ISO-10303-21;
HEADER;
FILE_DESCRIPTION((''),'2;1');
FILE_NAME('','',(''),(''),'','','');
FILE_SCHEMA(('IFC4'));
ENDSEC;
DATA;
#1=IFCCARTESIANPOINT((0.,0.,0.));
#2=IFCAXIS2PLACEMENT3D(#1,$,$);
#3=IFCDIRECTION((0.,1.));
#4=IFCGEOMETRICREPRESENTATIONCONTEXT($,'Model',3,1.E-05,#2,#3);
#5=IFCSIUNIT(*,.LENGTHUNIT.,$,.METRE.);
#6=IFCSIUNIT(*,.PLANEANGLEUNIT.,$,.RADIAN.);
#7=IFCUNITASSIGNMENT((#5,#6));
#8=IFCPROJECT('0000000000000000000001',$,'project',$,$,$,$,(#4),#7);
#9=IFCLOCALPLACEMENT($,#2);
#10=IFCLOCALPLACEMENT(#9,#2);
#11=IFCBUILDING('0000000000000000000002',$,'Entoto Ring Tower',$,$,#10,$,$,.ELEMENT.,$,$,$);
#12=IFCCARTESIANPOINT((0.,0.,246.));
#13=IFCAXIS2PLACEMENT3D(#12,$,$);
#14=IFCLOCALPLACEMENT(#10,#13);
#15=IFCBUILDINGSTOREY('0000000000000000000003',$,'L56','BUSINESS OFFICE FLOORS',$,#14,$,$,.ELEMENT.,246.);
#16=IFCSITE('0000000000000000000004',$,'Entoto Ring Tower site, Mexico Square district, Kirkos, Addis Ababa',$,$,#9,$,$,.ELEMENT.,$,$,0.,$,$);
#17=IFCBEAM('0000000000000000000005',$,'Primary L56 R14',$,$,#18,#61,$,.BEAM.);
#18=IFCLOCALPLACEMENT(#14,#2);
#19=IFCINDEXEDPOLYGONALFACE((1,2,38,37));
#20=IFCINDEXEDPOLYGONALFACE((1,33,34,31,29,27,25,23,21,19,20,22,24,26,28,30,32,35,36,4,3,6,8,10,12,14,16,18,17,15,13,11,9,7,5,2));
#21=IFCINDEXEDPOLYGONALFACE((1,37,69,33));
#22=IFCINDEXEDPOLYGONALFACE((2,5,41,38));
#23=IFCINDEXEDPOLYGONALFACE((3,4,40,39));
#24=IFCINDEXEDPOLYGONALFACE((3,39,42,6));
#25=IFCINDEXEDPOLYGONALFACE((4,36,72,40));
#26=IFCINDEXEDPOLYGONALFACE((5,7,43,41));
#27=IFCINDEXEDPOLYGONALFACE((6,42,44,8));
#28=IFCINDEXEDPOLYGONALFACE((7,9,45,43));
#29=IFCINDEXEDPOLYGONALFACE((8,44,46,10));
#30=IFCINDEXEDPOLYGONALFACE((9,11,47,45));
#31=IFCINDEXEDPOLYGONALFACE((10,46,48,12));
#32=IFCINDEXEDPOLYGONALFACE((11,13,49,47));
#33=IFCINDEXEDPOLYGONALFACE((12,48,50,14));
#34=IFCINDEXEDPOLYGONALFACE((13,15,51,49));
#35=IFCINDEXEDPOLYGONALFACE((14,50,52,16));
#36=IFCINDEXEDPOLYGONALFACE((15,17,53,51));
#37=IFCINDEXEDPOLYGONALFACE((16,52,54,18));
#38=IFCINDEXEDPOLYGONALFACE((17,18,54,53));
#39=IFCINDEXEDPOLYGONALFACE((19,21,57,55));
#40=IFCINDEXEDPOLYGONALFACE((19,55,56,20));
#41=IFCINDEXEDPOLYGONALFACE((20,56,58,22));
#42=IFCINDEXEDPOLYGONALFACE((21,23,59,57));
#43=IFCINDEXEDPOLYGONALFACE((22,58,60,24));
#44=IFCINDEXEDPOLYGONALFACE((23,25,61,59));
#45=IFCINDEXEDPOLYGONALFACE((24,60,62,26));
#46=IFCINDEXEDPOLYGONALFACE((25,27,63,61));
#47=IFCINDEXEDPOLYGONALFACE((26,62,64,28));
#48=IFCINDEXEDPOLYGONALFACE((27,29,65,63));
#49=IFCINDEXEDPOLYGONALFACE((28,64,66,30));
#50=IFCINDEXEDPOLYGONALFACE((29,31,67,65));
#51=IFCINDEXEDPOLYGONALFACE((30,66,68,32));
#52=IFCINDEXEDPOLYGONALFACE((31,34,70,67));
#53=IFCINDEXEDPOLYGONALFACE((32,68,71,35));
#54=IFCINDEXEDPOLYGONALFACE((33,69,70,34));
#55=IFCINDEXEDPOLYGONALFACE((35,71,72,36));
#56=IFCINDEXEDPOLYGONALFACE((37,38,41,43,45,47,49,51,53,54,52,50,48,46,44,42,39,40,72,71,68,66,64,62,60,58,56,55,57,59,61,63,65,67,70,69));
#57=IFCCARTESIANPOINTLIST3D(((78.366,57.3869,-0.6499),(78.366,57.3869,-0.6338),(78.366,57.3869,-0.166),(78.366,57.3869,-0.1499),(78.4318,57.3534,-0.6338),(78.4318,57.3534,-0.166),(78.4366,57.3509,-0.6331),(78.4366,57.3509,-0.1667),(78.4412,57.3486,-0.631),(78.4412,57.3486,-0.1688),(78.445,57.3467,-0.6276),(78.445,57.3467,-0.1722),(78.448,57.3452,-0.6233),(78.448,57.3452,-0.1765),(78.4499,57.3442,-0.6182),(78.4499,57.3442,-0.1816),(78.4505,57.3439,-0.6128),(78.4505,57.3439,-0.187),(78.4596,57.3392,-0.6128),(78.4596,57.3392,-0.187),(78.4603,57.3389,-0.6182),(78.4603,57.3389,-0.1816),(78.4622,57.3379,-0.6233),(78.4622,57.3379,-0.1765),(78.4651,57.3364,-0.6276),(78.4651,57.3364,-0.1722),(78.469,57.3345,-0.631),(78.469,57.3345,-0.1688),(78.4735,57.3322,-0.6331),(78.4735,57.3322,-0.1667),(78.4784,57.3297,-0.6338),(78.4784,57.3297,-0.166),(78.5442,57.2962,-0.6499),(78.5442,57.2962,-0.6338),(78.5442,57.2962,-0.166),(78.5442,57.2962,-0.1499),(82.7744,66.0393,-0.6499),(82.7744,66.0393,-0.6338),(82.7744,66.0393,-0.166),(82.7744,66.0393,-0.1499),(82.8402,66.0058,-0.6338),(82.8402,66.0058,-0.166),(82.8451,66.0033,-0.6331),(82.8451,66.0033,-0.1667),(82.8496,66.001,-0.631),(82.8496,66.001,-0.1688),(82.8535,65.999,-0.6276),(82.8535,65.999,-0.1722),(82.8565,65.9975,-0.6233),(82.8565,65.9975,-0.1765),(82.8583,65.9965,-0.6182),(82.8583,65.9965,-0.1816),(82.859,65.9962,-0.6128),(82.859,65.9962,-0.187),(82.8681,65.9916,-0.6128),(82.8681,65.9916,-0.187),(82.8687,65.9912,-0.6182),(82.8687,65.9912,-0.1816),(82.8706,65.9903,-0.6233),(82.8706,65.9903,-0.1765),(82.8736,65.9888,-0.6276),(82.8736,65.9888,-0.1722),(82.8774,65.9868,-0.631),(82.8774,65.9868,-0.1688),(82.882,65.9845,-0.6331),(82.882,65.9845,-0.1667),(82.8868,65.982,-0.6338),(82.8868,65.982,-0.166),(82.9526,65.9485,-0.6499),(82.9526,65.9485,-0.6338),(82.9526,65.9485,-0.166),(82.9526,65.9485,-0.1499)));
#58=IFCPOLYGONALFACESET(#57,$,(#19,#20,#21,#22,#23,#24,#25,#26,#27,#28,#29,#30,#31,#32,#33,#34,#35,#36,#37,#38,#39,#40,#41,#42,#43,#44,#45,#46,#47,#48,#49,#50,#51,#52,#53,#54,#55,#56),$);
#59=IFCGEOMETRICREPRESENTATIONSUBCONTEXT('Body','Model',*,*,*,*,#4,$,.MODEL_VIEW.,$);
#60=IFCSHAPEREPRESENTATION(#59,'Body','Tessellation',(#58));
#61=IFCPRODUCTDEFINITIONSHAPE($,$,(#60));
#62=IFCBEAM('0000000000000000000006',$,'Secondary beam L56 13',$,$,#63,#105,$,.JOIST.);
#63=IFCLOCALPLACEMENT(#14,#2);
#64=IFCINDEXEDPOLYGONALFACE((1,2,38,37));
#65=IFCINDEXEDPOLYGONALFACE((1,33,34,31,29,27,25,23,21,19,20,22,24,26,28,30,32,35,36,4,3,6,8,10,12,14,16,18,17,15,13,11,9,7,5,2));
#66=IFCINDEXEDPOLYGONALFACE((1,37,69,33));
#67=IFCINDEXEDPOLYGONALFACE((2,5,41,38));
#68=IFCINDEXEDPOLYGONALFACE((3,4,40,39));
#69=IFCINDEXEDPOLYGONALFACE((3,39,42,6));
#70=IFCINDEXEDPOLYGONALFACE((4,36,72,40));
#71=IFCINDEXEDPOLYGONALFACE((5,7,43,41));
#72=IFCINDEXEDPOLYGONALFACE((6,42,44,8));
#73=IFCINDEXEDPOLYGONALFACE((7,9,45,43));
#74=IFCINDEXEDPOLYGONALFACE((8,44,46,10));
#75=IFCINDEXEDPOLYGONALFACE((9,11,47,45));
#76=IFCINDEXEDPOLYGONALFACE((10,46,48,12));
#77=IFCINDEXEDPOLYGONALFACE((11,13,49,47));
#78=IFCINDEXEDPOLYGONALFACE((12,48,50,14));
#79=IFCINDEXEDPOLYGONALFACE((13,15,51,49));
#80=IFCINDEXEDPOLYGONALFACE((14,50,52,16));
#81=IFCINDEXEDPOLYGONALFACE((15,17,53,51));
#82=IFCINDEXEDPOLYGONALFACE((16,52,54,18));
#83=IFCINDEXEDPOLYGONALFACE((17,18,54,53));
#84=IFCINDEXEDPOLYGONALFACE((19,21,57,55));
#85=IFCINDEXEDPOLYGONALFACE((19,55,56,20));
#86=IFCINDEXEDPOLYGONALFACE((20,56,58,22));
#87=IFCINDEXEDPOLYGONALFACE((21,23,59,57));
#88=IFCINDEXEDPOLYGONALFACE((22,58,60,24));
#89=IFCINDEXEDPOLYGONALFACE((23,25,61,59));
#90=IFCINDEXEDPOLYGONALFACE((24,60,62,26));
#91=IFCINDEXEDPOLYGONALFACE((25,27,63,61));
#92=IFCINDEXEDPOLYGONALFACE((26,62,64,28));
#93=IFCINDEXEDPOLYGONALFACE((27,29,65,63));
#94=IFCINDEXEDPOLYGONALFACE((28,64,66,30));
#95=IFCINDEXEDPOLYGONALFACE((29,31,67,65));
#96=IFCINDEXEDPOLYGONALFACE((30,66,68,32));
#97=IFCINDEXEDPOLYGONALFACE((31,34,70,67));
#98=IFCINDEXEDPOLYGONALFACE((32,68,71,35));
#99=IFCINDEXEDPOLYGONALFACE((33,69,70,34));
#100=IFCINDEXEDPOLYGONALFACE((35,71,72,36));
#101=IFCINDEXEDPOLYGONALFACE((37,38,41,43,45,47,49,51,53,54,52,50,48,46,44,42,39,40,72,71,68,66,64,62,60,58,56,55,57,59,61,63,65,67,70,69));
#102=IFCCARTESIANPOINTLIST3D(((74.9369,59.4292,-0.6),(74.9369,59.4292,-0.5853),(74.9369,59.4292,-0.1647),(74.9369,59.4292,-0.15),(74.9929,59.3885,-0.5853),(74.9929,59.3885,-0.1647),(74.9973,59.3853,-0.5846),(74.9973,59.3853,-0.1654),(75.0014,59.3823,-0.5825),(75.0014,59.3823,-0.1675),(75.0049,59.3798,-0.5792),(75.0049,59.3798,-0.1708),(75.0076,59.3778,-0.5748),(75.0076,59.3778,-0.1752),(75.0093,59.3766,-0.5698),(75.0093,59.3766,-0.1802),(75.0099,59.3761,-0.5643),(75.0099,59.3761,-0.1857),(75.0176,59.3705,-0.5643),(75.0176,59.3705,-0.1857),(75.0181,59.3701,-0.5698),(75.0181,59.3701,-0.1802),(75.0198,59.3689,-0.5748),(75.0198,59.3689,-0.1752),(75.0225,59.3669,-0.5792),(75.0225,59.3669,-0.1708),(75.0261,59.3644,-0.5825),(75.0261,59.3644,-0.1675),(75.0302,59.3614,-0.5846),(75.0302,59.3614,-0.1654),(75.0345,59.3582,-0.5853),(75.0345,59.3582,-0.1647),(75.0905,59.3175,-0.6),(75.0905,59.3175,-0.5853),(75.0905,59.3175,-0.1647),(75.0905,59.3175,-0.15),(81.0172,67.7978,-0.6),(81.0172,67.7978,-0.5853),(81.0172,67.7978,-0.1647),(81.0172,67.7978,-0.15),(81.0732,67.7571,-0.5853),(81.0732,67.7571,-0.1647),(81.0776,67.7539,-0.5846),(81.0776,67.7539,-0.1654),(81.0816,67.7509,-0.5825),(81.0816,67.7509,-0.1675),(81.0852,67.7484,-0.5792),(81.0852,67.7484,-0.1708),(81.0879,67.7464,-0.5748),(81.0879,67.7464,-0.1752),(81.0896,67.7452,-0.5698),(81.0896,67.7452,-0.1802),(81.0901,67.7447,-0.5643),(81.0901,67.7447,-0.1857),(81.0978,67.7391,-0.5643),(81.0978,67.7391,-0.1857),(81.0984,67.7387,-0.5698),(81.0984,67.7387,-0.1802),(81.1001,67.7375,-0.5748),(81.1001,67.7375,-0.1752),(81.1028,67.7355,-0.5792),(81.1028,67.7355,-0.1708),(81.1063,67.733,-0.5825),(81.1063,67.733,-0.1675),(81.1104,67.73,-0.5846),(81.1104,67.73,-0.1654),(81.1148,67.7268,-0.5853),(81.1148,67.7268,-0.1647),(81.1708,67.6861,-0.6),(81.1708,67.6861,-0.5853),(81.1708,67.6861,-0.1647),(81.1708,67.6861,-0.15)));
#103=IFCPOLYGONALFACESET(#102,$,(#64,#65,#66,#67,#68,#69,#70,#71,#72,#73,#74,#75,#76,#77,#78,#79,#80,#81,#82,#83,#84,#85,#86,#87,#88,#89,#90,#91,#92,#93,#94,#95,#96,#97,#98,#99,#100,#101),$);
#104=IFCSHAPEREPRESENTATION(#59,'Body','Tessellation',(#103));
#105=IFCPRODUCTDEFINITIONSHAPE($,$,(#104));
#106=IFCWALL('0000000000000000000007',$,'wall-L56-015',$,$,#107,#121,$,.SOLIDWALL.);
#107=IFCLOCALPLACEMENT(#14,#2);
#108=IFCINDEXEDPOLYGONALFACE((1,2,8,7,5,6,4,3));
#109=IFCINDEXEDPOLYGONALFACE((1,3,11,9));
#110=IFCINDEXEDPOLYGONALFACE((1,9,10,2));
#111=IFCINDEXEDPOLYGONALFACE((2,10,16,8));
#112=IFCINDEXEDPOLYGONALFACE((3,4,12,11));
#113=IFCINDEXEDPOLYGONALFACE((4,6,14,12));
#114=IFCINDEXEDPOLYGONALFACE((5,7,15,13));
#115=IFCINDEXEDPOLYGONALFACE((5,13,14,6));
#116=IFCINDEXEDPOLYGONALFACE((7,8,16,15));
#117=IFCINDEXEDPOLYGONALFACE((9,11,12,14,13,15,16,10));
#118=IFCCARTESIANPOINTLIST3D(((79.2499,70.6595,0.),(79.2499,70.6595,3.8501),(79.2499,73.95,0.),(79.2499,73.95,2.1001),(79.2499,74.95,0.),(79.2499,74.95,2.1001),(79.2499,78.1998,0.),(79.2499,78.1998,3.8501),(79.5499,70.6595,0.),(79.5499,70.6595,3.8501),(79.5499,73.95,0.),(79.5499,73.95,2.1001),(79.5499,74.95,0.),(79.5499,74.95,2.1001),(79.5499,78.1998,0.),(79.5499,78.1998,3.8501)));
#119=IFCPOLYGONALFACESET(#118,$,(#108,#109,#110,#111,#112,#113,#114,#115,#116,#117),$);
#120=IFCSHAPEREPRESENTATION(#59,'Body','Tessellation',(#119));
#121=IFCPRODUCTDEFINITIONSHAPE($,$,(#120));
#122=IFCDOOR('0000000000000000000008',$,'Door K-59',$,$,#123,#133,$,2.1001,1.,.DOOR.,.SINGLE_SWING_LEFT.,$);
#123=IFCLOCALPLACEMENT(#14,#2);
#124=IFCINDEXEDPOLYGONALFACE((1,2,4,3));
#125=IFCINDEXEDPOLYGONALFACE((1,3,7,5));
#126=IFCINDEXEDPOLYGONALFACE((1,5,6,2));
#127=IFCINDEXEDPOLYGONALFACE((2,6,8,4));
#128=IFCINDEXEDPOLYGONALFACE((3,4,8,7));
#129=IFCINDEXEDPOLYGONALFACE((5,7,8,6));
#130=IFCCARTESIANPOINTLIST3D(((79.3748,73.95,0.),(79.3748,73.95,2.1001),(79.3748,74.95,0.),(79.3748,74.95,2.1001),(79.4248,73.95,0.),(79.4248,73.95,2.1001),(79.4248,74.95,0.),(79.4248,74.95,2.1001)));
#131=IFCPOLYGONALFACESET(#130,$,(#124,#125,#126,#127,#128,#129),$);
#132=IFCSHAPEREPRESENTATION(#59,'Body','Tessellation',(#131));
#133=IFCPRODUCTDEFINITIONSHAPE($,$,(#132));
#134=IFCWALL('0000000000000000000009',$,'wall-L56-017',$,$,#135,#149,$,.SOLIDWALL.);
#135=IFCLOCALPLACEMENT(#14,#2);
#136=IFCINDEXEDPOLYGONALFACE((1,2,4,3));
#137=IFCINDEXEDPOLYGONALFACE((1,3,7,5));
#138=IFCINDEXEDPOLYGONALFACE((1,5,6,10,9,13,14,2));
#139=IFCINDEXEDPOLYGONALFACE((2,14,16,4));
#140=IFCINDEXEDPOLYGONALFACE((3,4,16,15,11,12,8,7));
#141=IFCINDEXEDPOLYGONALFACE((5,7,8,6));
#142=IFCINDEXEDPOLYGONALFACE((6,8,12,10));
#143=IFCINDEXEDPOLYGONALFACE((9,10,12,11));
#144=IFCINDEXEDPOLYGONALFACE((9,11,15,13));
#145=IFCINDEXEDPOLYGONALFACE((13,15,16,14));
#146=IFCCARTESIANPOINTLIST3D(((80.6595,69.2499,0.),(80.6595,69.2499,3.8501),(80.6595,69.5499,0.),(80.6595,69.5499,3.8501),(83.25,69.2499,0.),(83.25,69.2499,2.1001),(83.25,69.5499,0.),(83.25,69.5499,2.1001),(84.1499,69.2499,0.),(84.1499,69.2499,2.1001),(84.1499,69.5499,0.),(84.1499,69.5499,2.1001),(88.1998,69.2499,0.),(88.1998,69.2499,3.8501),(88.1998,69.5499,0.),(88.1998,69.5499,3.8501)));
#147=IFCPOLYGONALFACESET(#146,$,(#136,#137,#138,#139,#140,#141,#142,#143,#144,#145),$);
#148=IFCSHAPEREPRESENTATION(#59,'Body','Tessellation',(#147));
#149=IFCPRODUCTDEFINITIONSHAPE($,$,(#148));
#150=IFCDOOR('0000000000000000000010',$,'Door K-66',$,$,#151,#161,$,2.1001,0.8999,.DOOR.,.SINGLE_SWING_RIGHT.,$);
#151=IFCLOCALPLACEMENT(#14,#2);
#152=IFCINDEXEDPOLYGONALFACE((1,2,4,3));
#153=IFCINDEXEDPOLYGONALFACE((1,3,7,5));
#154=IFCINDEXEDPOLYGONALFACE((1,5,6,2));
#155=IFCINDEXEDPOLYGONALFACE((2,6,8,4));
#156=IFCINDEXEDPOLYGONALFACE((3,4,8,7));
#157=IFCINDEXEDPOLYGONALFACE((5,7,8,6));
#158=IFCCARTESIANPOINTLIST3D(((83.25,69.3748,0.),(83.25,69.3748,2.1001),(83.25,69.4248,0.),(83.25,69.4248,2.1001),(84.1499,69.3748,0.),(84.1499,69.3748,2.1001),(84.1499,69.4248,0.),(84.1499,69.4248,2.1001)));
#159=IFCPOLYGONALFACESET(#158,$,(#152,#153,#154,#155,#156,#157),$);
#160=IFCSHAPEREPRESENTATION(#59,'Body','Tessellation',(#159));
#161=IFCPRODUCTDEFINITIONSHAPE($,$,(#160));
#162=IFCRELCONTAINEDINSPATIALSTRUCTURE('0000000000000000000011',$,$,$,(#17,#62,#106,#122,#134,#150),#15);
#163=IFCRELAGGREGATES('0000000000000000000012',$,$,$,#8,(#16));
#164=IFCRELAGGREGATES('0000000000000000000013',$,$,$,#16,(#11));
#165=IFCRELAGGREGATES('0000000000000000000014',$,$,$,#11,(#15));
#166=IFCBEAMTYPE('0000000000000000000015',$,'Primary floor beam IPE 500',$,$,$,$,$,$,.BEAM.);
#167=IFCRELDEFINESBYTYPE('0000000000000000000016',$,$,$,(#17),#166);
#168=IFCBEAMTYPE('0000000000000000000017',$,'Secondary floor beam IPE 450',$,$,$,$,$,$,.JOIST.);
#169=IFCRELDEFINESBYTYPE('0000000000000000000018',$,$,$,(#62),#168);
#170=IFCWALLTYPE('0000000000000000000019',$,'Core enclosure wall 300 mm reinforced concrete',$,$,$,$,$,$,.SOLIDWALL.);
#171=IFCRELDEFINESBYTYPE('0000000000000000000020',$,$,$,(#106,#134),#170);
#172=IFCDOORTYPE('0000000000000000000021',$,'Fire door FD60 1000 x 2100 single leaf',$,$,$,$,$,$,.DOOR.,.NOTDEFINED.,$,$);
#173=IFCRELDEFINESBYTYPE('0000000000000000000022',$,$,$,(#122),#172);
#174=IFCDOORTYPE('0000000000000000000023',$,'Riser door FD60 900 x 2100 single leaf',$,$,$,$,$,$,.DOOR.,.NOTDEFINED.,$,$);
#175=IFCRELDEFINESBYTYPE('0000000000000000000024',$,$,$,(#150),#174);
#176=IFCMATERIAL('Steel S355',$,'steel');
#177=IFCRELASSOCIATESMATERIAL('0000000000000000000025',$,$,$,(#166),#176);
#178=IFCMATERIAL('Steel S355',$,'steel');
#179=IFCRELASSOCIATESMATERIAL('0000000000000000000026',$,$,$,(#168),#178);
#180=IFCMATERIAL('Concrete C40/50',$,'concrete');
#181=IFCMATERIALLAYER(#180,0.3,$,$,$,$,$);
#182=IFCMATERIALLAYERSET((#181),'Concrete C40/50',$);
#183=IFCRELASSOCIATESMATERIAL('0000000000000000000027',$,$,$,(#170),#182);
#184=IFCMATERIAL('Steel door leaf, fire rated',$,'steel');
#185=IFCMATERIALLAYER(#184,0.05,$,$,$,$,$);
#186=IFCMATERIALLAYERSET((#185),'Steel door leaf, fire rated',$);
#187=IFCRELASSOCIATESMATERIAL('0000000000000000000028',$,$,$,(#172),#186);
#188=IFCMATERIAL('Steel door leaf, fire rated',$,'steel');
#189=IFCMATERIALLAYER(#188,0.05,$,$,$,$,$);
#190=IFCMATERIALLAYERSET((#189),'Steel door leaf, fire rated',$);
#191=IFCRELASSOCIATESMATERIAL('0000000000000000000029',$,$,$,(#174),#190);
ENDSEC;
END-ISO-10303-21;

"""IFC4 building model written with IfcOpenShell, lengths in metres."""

from ifc_helpers import new_model, si_unit, direction, frame, frame_2d, origin, origin_2d, place, context, subcontext, project, spatial, rectangle, i_section, extrude, material, layer, layer_set, material_profile, profile_set, type_object, element, fill, save


model = new_model("IFC4")

# Units and contexts
model_context = context("Model", 3, precision=1e-05, world=origin(), true_north=direction((0.0, 1.0)))
body_context = subcontext(model_context, "Body", "Model", "MODEL_VIEW")
ifc_project = project(units=[si_unit("LENGTHUNIT", "METRE"), si_unit("PLANEANGLEUNIT", "RADIAN")], contexts=[model_context])

# Site, building, storey
site_placement = place(None, origin())
site = spatial("IfcSite", under=ifc_project, at=site_placement, Name="Entoto Ring Tower site, Mexico Square district, Kirkos, Addis Ababa", CompositionType="ELEMENT", RefElevation=0.0)
building_placement = place(site_placement, origin())
building = spatial("IfcBuilding", under=site, at=building_placement, Name="Entoto Ring Tower", CompositionType="ELEMENT")
storey_placement = place(building_placement, frame((0.0, 0.0, 246.0)))
storey = spatial("IfcBuildingStorey", under=building, at=storey_placement, Name="L56", Description="BUSINESS OFFICE FLOORS", CompositionType="ELEMENT", Elevation=246.0)

# Beams
ifc_material_1 = material(Name="Steel S355", Category="steel")
ifc_material_profile_1 = material_profile(ifc_material_1, i_section(OverallWidth=0.2, OverallDepth=0.5, WebThickness=0.0103, FlangeThickness=0.0161, FilletRadius=0.021, at=origin_2d()), Name="IPE 500")
ifc_profile_set_1 = profile_set([ifc_material_profile_1], Name="Steel S355")
beam_type_1 = type_object("IfcBeamType", Name="Primary floor beam IPE 500", PredefinedType="BEAM", material=ifc_profile_set_1)
beam_1_placement = place(storey_placement, frame((82.8635, 65.9939, -0.3999), z_axis=(-0.453979, -0.891012, 0.0), x_axis=(0.891012, -0.453979, 0.0)))
element("IfcBeam", 1, at=beam_1_placement, inside=storey, type_object=beam_type_1, Name="Primary L56 R14", PredefinedType="BEAM", context=body_context, shape_type="SweptSolid", body=[
    extrude(i_section(OverallWidth=0.2, OverallDepth=0.5, WebThickness=0.0103, FlangeThickness=0.0161, FilletRadius=0.021, at=origin_2d()), origin(), (0.0, 0.0, 1.0), 9.7107),
])
ifc_material_2 = material(Name="Steel S355", Category="steel")
ifc_material_profile_2 = material_profile(ifc_material_2, i_section(OverallWidth=0.1899, OverallDepth=0.45, WebThickness=0.0095, FlangeThickness=0.0146, FilletRadius=0.021, at=origin_2d()), Name="IPE 450")
ifc_profile_set_2 = profile_set([ifc_material_profile_2], Name="Steel S355")
beam_type_2 = type_object("IfcBeamType", Name="Secondary floor beam IPE 450", PredefinedType="JOIST", material=ifc_profile_set_2)
beam_2_placement = place(storey_placement, frame((81.094, 67.7419, -0.375), z_axis=(-0.587794, -0.809011, 0.0), x_axis=(0.809011, -0.587794, 0.0)))
element("IfcBeam", 2, at=beam_2_placement, inside=storey, type_object=beam_type_2, Name="Secondary beam L56 13", PredefinedType="JOIST", context=body_context, shape_type="SweptSolid", body=[
    extrude(i_section(OverallWidth=0.1899, OverallDepth=0.45, WebThickness=0.0095, FlangeThickness=0.0146, FilletRadius=0.021, at=origin_2d()), origin(), (0.0, 0.0, 1.0), 10.3442),
])

# Walls, openings, doors
ifc_material_3 = material(Name="Concrete C40/50", Category="concrete")
ifc_layer_1 = layer(ifc_material_3, 0.3)
ifc_layer_set_1 = layer_set([ifc_layer_1], Name="Concrete C40/50")
wall_type_1 = type_object("IfcWallType", Name="Core enclosure wall 300 mm reinforced concrete", PredefinedType="SOLIDWALL", material=ifc_layer_set_1)
wall_1_placement = place(storey_placement, frame((79.3999, 70.6597, 0.0), z_axis=(0.0, 0.0, 1.0), x_axis=(0.0, 1.0, 0.0)))
wall_1 = element("IfcWall", 3, at=wall_1_placement, inside=storey, type_object=wall_type_1, Name="wall-L56-015", PredefinedType="SOLIDWALL", context=body_context, shape_type="SweptSolid", body=[
    extrude(rectangle(XDim=7.5403, YDim=0.3, at=frame_2d((3.77, 0.0))), origin(), (0.0, 0.0, 1.0), 3.8501),
])
opening_1_placement = place(wall_1_placement, frame((3.2903, 0.0, 0.0)))
opening_1 = element("IfcOpeningElement", 4, at=opening_1_placement, cuts=wall_1, PredefinedType="OPENING", context=body_context, shape_type="SweptSolid", body=[
    extrude(rectangle(XDim=1.0, YDim=2.1001, at=frame_2d((0.5, 1.05))), frame((0.0, 0.1602, 0.0), z_axis=(0.0, -1.0, 0.0), x_axis=(1.0, 0.0, 0.0)), (0.0, 0.0, 1.0), 0.3201),
])
ifc_material_4 = material(Name="Steel door leaf, fire rated", Category="steel")
ifc_layer_2 = layer(ifc_material_4, 0.05)
ifc_layer_set_2 = layer_set([ifc_layer_2], Name="Steel door leaf, fire rated")
door_type_1 = type_object("IfcDoorType", Name="Fire door FD60 1000 x 2100 single leaf", OperationType="NOTDEFINED", PredefinedType="DOOR", material=ifc_layer_set_2)
door_1_placement = place(opening_1_placement, frame((1.0, 0.0, 0.0), z_axis=(0.0, 0.0, 1.0), x_axis=(-1.0, 0.0, 0.0)))
door_1 = element("IfcDoor", 5, at=door_1_placement, inside=storey, type_object=door_type_1, Name="Door K-59", OperationType="SINGLE_SWING_LEFT", OverallHeight=2.1001, OverallWidth=1.0, PredefinedType="DOOR", context=body_context, shape_type="SweptSolid", body=[
    extrude(rectangle(XDim=1.0, YDim=2.1001, at=frame_2d((0.5, 1.05))), frame((0.0, 0.0249, 0.0), z_axis=(0.0, -1.0, 0.0), x_axis=(1.0, 0.0, 0.0)), (0.0, 0.0, 1.0), 0.05),
])
fill(opening_1, door_1)
wall_2_placement = place(storey_placement, frame((80.6597, 69.3999, 0.0), z_axis=(0.0, 0.0, 1.0), x_axis=(1.0, 0.0, 0.0)))
wall_2 = element("IfcWall", 6, at=wall_2_placement, inside=storey, type_object=wall_type_1, Name="wall-L56-017", PredefinedType="SOLIDWALL", context=body_context, shape_type="SweptSolid", body=[
    extrude(rectangle(XDim=7.5403, YDim=0.3, at=frame_2d((3.77, 0.0))), origin(), (0.0, 0.0, 1.0), 3.8501),
])
opening_2_placement = place(wall_2_placement, frame((2.5903, 0.0, 0.0)))
opening_2 = element("IfcOpeningElement", 7, at=opening_2_placement, cuts=wall_2, PredefinedType="OPENING", context=body_context, shape_type="SweptSolid", body=[
    extrude(rectangle(XDim=0.8999, YDim=2.1001, at=frame_2d((0.45, 1.05))), frame((0.0, 0.1602, 0.0), z_axis=(0.0, -1.0, 0.0), x_axis=(1.0, 0.0, 0.0)), (0.0, 0.0, 1.0), 0.3201),
])
ifc_material_5 = material(Name="Steel door leaf, fire rated", Category="steel")
ifc_layer_3 = layer(ifc_material_5, 0.05)
ifc_layer_set_3 = layer_set([ifc_layer_3], Name="Steel door leaf, fire rated")
door_type_2 = type_object("IfcDoorType", Name="Riser door FD60 900 x 2100 single leaf", OperationType="NOTDEFINED", PredefinedType="DOOR", material=ifc_layer_set_3)
door_2_placement = place(opening_2_placement, origin())
door_2 = element("IfcDoor", 8, at=door_2_placement, inside=storey, type_object=door_type_2, Name="Door K-66", OperationType="SINGLE_SWING_RIGHT", OverallHeight=2.1001, OverallWidth=0.8999, PredefinedType="DOOR", context=body_context, shape_type="SweptSolid", body=[
    extrude(rectangle(XDim=0.8999, YDim=2.1001, at=frame_2d((0.45, 1.05))), frame((0.0, 0.0249, 0.0), z_axis=(0.0, -1.0, 0.0), x_axis=(1.0, 0.0, 0.0)), (0.0, 0.0, 1.0), 0.05),
])
fill(opening_2, door_2)

save(model, "model.ifc")
